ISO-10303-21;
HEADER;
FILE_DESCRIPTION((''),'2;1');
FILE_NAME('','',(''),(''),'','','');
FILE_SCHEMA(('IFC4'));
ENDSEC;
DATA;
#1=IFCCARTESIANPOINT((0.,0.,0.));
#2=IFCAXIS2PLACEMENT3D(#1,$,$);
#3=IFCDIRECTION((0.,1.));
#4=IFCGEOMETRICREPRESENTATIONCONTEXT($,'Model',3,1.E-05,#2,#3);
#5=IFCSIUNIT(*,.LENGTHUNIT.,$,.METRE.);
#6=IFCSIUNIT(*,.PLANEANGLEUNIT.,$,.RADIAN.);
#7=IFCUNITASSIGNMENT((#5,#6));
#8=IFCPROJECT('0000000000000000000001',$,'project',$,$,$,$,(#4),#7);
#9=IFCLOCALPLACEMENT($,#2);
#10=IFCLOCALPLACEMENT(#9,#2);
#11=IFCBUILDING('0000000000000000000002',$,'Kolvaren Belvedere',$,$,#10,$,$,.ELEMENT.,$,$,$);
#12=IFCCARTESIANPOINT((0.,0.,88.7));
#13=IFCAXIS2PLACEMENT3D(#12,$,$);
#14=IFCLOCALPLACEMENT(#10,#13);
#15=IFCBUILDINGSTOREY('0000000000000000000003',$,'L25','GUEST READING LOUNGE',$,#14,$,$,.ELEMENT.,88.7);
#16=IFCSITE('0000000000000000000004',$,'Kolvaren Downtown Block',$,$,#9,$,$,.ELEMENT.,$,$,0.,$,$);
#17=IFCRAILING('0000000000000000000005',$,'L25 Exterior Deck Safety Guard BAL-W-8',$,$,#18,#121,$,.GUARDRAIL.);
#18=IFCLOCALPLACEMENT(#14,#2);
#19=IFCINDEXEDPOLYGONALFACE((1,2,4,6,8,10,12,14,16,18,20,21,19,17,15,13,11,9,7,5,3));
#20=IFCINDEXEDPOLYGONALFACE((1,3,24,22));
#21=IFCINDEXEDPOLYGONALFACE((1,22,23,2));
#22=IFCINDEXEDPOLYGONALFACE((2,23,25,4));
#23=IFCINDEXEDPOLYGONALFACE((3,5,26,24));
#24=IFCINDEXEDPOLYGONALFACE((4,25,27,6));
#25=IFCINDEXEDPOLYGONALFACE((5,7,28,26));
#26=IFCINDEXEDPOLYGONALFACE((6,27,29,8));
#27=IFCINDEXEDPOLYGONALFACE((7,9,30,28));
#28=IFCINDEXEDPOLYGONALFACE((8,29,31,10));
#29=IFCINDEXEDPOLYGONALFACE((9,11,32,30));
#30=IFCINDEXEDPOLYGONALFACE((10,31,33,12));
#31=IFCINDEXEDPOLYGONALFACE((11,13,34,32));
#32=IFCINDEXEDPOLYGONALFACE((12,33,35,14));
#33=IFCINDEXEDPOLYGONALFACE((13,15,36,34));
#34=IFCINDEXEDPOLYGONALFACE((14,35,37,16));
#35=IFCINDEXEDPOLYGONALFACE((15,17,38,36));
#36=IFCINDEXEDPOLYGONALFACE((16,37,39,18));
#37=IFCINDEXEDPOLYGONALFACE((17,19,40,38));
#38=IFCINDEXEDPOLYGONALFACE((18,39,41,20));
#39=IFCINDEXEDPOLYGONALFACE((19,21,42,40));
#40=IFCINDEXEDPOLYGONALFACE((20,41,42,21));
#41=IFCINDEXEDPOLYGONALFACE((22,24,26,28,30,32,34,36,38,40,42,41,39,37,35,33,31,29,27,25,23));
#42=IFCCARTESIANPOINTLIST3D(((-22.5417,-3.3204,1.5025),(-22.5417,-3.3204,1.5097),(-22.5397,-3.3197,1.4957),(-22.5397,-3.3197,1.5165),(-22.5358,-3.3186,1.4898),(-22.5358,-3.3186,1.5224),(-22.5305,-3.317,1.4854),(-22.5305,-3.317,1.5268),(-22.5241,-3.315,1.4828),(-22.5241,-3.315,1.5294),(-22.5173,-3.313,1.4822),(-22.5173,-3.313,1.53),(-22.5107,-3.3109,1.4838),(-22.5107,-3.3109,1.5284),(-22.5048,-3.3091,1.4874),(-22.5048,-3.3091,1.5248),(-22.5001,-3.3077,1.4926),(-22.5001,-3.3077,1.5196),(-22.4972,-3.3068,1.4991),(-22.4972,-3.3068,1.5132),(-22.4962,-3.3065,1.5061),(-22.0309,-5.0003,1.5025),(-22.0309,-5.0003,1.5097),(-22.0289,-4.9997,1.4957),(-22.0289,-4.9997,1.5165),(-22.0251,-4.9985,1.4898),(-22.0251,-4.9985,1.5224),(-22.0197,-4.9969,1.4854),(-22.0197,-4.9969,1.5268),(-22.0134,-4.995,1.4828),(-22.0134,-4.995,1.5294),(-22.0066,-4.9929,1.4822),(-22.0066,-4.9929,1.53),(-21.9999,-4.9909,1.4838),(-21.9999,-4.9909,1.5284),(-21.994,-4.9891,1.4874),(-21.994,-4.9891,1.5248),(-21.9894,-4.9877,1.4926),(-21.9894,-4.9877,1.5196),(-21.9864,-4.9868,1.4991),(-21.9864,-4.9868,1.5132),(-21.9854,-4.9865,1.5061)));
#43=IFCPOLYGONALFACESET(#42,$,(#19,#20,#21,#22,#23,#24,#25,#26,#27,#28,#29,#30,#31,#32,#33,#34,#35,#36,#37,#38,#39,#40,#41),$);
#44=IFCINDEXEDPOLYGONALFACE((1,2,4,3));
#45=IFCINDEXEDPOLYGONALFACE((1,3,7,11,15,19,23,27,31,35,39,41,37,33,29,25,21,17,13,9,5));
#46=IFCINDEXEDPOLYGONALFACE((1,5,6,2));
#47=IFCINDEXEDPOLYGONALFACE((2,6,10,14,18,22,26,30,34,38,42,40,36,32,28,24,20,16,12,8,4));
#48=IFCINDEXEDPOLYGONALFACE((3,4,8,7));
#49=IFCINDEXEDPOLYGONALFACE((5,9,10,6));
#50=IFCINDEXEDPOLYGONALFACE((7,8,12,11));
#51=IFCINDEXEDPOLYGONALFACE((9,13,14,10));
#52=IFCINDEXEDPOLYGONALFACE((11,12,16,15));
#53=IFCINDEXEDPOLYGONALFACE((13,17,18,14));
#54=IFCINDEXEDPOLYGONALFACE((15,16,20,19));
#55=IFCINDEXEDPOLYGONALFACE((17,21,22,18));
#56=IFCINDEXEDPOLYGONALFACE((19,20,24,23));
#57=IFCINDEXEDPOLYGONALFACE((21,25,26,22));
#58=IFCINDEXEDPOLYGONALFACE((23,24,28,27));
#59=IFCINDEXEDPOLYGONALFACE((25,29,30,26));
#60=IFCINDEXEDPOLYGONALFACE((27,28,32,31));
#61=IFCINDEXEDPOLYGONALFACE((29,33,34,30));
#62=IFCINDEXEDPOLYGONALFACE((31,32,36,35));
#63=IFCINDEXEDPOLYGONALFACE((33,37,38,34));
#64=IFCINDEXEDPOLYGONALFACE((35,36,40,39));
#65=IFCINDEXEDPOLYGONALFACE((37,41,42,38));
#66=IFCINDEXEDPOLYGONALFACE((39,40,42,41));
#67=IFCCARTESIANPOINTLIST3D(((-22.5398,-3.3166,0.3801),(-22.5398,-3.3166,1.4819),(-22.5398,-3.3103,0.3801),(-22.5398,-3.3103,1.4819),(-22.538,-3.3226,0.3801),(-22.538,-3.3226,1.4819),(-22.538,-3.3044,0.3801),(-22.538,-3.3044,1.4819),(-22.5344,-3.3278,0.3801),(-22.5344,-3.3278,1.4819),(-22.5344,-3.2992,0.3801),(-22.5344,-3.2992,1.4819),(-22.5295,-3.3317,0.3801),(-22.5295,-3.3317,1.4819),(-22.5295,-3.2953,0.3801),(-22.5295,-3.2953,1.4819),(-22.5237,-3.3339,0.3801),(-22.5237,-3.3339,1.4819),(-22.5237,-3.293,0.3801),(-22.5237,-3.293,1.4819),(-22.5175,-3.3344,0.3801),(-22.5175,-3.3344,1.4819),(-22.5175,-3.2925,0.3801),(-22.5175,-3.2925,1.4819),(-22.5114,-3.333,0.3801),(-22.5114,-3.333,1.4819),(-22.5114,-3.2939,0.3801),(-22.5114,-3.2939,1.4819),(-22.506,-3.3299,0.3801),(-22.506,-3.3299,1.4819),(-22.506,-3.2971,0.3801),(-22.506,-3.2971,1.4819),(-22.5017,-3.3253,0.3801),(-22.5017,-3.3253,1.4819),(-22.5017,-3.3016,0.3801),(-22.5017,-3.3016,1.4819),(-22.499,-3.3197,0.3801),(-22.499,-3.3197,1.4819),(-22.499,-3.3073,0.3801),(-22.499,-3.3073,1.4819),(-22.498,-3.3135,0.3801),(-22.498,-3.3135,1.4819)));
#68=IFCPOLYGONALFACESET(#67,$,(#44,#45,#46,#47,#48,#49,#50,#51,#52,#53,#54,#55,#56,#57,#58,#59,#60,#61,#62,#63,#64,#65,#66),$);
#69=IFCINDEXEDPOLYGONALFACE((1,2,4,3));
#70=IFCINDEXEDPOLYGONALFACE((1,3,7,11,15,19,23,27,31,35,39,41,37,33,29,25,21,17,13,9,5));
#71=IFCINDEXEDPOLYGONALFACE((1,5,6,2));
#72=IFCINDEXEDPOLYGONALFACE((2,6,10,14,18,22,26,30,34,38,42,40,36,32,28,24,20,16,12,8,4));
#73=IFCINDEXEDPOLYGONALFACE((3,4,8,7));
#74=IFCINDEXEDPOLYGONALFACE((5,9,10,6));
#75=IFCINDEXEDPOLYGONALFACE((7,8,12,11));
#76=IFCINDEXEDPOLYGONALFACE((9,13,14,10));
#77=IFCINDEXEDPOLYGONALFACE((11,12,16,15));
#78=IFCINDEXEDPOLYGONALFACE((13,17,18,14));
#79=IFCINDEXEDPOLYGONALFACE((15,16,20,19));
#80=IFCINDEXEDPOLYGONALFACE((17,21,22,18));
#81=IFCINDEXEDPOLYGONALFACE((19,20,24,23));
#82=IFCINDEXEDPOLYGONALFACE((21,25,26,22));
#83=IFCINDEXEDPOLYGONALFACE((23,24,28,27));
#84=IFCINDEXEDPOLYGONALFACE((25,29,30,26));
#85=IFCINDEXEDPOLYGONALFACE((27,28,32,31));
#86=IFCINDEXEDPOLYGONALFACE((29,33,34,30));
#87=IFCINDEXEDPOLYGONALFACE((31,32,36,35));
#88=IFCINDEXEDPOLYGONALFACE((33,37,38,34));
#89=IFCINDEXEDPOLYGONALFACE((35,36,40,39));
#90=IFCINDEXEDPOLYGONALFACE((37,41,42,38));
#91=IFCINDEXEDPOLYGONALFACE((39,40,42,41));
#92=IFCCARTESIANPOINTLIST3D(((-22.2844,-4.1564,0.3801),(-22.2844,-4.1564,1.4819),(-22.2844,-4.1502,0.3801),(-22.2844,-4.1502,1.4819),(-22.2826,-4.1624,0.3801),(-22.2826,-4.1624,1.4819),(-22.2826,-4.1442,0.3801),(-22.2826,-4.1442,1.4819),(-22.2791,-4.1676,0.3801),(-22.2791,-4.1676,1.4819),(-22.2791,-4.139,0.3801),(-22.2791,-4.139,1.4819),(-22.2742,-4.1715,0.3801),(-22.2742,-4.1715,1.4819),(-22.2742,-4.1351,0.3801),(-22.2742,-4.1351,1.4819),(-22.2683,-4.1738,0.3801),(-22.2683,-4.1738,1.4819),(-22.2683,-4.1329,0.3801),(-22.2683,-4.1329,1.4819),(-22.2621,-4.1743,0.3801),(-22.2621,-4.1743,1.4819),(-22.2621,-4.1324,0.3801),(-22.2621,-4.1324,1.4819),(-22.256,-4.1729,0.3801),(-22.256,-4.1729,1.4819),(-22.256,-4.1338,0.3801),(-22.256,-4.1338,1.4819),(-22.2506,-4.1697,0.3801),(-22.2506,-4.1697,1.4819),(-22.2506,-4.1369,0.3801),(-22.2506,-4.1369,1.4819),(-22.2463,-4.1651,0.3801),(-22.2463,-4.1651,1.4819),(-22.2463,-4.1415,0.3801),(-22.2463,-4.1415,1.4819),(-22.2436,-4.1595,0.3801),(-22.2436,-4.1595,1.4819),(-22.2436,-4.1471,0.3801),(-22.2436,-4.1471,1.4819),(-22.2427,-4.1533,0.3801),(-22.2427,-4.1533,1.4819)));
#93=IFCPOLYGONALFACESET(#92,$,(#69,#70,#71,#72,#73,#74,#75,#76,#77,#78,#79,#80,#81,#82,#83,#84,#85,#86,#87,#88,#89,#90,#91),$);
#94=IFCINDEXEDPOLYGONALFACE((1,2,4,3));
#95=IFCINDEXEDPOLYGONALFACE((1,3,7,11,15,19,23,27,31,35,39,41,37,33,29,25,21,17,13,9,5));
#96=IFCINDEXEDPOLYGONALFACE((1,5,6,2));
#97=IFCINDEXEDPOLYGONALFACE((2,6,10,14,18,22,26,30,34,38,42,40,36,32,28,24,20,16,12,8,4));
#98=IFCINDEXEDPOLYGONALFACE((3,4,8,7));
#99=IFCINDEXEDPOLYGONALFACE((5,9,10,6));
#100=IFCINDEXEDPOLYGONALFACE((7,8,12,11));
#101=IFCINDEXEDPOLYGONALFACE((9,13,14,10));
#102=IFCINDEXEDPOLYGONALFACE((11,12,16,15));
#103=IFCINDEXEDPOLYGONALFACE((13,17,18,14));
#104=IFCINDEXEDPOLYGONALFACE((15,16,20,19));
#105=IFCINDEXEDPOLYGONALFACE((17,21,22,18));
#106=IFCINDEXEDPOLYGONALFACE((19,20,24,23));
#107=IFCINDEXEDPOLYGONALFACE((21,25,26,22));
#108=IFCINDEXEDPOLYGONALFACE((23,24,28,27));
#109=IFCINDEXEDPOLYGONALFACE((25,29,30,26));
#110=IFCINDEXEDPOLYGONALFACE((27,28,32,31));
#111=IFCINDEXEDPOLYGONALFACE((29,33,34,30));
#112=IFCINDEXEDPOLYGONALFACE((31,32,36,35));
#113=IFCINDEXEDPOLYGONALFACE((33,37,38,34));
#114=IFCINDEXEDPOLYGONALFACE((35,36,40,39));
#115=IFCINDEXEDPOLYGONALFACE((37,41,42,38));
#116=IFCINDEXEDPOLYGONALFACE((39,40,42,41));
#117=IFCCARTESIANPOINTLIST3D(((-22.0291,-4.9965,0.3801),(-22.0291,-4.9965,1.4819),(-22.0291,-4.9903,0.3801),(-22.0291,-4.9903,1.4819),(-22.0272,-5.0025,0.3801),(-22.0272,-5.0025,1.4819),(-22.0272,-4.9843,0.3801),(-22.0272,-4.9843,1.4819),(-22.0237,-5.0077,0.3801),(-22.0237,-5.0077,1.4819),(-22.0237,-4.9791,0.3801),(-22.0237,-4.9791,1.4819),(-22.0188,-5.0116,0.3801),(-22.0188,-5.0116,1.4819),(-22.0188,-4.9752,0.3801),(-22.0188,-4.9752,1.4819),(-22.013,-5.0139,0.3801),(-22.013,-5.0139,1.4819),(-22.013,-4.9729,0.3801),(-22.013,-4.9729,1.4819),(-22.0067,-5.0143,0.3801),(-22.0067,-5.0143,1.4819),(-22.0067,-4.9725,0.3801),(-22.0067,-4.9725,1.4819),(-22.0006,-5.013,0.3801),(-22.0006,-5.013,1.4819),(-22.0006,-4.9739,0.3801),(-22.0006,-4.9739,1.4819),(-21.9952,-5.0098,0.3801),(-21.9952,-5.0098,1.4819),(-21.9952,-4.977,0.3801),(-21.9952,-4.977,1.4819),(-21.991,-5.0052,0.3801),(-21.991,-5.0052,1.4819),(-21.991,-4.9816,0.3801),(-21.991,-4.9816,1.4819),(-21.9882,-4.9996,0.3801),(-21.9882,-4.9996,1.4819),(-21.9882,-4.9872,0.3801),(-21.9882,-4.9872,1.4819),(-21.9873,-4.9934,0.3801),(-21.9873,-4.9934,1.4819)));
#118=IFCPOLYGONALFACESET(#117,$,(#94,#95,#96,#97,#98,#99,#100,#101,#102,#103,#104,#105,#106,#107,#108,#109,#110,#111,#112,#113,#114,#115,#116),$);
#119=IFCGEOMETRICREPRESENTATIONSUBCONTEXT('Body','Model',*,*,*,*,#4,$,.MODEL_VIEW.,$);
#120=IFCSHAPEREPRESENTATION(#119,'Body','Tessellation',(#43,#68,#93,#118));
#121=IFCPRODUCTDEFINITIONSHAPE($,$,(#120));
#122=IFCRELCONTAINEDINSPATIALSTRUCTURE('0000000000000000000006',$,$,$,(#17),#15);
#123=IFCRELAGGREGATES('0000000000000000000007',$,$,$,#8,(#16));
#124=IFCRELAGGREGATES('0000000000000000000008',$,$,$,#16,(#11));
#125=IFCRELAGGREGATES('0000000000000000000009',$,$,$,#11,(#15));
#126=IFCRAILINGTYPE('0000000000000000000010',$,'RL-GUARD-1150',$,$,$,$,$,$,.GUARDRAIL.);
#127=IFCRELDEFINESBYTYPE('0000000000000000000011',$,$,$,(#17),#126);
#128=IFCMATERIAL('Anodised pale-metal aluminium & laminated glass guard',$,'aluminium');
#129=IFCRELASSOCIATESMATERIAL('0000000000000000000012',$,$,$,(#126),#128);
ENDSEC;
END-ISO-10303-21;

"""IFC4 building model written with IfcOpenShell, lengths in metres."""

from ifc_helpers import new_model, si_unit, direction, frame, origin, origin_2d, place, context, subcontext, project, spatial, circle, extrude, material, type_object, element, save


model = new_model("IFC4")

# Units and contexts
model_context = context("Model", 3, precision=1e-05, world=origin(), true_north=direction((0.0, 1.0)))
body_context = subcontext(model_context, "Body", "Model", "MODEL_VIEW")
ifc_project = project(units=[si_unit("LENGTHUNIT", "METRE"), si_unit("PLANEANGLEUNIT", "RADIAN")], contexts=[model_context])

# Site, building, storey
site_placement = place(None, origin())
site = spatial("IfcSite", under=ifc_project, at=site_placement, Name="Kolvaren Downtown Block", CompositionType="ELEMENT", RefElevation=0.0)
building_placement = place(site_placement, origin())
building = spatial("IfcBuilding", under=site, at=building_placement, Name="Kolvaren Belvedere", CompositionType="ELEMENT")
storey_placement = place(building_placement, frame((0.0, 0.0, 88.7)))
storey = spatial("IfcBuildingStorey", under=building, at=storey_placement, Name="L25", Description="GUEST READING LOUNGE", CompositionType="ELEMENT", Elevation=88.7)

# Railing
ifc_material_1 = material(Name="Anodised pale-metal aluminium & laminated glass guard", Category="aluminium")
railing_type = type_object("IfcRailingType", Name="RL-GUARD-1150", PredefinedType="GUARDRAIL", material=ifc_material_1)
railing_1_placement = place(storey_placement, frame((-22.519, -3.3135, 0.3801)))
element("IfcRailing", 1, at=railing_1_placement, inside=storey, type_object=railing_type, Name="L25 Exterior Deck Safety Guard BAL-W-8", PredefinedType="GUARDRAIL", context=body_context, shape_type="SweptSolid", body=[
    extrude(circle(Radius=0.0239, at=origin_2d()), frame((0.0, 0.0, 1.126), z_axis=(0.290879, -0.95676, 0.0), x_axis=(0.95676, 0.290879, 0.0)), (0.0, 0.0, 1.0), 1.7559),
    extrude(circle(Radius=0.021, at=origin_2d()), origin(), (0.0, 0.0, 1.0), 1.1018),
    extrude(circle(Radius=0.021, at=origin_2d()), frame((0.2554, -0.8398, 0.0)), (0.0, 0.0, 1.0), 1.1018),
    extrude(circle(Radius=0.021, at=origin_2d()), frame((0.5107, -1.6799, 0.0)), (0.0, 0.0, 1.0), 1.1018),
])

save(model, "model.ifc")
